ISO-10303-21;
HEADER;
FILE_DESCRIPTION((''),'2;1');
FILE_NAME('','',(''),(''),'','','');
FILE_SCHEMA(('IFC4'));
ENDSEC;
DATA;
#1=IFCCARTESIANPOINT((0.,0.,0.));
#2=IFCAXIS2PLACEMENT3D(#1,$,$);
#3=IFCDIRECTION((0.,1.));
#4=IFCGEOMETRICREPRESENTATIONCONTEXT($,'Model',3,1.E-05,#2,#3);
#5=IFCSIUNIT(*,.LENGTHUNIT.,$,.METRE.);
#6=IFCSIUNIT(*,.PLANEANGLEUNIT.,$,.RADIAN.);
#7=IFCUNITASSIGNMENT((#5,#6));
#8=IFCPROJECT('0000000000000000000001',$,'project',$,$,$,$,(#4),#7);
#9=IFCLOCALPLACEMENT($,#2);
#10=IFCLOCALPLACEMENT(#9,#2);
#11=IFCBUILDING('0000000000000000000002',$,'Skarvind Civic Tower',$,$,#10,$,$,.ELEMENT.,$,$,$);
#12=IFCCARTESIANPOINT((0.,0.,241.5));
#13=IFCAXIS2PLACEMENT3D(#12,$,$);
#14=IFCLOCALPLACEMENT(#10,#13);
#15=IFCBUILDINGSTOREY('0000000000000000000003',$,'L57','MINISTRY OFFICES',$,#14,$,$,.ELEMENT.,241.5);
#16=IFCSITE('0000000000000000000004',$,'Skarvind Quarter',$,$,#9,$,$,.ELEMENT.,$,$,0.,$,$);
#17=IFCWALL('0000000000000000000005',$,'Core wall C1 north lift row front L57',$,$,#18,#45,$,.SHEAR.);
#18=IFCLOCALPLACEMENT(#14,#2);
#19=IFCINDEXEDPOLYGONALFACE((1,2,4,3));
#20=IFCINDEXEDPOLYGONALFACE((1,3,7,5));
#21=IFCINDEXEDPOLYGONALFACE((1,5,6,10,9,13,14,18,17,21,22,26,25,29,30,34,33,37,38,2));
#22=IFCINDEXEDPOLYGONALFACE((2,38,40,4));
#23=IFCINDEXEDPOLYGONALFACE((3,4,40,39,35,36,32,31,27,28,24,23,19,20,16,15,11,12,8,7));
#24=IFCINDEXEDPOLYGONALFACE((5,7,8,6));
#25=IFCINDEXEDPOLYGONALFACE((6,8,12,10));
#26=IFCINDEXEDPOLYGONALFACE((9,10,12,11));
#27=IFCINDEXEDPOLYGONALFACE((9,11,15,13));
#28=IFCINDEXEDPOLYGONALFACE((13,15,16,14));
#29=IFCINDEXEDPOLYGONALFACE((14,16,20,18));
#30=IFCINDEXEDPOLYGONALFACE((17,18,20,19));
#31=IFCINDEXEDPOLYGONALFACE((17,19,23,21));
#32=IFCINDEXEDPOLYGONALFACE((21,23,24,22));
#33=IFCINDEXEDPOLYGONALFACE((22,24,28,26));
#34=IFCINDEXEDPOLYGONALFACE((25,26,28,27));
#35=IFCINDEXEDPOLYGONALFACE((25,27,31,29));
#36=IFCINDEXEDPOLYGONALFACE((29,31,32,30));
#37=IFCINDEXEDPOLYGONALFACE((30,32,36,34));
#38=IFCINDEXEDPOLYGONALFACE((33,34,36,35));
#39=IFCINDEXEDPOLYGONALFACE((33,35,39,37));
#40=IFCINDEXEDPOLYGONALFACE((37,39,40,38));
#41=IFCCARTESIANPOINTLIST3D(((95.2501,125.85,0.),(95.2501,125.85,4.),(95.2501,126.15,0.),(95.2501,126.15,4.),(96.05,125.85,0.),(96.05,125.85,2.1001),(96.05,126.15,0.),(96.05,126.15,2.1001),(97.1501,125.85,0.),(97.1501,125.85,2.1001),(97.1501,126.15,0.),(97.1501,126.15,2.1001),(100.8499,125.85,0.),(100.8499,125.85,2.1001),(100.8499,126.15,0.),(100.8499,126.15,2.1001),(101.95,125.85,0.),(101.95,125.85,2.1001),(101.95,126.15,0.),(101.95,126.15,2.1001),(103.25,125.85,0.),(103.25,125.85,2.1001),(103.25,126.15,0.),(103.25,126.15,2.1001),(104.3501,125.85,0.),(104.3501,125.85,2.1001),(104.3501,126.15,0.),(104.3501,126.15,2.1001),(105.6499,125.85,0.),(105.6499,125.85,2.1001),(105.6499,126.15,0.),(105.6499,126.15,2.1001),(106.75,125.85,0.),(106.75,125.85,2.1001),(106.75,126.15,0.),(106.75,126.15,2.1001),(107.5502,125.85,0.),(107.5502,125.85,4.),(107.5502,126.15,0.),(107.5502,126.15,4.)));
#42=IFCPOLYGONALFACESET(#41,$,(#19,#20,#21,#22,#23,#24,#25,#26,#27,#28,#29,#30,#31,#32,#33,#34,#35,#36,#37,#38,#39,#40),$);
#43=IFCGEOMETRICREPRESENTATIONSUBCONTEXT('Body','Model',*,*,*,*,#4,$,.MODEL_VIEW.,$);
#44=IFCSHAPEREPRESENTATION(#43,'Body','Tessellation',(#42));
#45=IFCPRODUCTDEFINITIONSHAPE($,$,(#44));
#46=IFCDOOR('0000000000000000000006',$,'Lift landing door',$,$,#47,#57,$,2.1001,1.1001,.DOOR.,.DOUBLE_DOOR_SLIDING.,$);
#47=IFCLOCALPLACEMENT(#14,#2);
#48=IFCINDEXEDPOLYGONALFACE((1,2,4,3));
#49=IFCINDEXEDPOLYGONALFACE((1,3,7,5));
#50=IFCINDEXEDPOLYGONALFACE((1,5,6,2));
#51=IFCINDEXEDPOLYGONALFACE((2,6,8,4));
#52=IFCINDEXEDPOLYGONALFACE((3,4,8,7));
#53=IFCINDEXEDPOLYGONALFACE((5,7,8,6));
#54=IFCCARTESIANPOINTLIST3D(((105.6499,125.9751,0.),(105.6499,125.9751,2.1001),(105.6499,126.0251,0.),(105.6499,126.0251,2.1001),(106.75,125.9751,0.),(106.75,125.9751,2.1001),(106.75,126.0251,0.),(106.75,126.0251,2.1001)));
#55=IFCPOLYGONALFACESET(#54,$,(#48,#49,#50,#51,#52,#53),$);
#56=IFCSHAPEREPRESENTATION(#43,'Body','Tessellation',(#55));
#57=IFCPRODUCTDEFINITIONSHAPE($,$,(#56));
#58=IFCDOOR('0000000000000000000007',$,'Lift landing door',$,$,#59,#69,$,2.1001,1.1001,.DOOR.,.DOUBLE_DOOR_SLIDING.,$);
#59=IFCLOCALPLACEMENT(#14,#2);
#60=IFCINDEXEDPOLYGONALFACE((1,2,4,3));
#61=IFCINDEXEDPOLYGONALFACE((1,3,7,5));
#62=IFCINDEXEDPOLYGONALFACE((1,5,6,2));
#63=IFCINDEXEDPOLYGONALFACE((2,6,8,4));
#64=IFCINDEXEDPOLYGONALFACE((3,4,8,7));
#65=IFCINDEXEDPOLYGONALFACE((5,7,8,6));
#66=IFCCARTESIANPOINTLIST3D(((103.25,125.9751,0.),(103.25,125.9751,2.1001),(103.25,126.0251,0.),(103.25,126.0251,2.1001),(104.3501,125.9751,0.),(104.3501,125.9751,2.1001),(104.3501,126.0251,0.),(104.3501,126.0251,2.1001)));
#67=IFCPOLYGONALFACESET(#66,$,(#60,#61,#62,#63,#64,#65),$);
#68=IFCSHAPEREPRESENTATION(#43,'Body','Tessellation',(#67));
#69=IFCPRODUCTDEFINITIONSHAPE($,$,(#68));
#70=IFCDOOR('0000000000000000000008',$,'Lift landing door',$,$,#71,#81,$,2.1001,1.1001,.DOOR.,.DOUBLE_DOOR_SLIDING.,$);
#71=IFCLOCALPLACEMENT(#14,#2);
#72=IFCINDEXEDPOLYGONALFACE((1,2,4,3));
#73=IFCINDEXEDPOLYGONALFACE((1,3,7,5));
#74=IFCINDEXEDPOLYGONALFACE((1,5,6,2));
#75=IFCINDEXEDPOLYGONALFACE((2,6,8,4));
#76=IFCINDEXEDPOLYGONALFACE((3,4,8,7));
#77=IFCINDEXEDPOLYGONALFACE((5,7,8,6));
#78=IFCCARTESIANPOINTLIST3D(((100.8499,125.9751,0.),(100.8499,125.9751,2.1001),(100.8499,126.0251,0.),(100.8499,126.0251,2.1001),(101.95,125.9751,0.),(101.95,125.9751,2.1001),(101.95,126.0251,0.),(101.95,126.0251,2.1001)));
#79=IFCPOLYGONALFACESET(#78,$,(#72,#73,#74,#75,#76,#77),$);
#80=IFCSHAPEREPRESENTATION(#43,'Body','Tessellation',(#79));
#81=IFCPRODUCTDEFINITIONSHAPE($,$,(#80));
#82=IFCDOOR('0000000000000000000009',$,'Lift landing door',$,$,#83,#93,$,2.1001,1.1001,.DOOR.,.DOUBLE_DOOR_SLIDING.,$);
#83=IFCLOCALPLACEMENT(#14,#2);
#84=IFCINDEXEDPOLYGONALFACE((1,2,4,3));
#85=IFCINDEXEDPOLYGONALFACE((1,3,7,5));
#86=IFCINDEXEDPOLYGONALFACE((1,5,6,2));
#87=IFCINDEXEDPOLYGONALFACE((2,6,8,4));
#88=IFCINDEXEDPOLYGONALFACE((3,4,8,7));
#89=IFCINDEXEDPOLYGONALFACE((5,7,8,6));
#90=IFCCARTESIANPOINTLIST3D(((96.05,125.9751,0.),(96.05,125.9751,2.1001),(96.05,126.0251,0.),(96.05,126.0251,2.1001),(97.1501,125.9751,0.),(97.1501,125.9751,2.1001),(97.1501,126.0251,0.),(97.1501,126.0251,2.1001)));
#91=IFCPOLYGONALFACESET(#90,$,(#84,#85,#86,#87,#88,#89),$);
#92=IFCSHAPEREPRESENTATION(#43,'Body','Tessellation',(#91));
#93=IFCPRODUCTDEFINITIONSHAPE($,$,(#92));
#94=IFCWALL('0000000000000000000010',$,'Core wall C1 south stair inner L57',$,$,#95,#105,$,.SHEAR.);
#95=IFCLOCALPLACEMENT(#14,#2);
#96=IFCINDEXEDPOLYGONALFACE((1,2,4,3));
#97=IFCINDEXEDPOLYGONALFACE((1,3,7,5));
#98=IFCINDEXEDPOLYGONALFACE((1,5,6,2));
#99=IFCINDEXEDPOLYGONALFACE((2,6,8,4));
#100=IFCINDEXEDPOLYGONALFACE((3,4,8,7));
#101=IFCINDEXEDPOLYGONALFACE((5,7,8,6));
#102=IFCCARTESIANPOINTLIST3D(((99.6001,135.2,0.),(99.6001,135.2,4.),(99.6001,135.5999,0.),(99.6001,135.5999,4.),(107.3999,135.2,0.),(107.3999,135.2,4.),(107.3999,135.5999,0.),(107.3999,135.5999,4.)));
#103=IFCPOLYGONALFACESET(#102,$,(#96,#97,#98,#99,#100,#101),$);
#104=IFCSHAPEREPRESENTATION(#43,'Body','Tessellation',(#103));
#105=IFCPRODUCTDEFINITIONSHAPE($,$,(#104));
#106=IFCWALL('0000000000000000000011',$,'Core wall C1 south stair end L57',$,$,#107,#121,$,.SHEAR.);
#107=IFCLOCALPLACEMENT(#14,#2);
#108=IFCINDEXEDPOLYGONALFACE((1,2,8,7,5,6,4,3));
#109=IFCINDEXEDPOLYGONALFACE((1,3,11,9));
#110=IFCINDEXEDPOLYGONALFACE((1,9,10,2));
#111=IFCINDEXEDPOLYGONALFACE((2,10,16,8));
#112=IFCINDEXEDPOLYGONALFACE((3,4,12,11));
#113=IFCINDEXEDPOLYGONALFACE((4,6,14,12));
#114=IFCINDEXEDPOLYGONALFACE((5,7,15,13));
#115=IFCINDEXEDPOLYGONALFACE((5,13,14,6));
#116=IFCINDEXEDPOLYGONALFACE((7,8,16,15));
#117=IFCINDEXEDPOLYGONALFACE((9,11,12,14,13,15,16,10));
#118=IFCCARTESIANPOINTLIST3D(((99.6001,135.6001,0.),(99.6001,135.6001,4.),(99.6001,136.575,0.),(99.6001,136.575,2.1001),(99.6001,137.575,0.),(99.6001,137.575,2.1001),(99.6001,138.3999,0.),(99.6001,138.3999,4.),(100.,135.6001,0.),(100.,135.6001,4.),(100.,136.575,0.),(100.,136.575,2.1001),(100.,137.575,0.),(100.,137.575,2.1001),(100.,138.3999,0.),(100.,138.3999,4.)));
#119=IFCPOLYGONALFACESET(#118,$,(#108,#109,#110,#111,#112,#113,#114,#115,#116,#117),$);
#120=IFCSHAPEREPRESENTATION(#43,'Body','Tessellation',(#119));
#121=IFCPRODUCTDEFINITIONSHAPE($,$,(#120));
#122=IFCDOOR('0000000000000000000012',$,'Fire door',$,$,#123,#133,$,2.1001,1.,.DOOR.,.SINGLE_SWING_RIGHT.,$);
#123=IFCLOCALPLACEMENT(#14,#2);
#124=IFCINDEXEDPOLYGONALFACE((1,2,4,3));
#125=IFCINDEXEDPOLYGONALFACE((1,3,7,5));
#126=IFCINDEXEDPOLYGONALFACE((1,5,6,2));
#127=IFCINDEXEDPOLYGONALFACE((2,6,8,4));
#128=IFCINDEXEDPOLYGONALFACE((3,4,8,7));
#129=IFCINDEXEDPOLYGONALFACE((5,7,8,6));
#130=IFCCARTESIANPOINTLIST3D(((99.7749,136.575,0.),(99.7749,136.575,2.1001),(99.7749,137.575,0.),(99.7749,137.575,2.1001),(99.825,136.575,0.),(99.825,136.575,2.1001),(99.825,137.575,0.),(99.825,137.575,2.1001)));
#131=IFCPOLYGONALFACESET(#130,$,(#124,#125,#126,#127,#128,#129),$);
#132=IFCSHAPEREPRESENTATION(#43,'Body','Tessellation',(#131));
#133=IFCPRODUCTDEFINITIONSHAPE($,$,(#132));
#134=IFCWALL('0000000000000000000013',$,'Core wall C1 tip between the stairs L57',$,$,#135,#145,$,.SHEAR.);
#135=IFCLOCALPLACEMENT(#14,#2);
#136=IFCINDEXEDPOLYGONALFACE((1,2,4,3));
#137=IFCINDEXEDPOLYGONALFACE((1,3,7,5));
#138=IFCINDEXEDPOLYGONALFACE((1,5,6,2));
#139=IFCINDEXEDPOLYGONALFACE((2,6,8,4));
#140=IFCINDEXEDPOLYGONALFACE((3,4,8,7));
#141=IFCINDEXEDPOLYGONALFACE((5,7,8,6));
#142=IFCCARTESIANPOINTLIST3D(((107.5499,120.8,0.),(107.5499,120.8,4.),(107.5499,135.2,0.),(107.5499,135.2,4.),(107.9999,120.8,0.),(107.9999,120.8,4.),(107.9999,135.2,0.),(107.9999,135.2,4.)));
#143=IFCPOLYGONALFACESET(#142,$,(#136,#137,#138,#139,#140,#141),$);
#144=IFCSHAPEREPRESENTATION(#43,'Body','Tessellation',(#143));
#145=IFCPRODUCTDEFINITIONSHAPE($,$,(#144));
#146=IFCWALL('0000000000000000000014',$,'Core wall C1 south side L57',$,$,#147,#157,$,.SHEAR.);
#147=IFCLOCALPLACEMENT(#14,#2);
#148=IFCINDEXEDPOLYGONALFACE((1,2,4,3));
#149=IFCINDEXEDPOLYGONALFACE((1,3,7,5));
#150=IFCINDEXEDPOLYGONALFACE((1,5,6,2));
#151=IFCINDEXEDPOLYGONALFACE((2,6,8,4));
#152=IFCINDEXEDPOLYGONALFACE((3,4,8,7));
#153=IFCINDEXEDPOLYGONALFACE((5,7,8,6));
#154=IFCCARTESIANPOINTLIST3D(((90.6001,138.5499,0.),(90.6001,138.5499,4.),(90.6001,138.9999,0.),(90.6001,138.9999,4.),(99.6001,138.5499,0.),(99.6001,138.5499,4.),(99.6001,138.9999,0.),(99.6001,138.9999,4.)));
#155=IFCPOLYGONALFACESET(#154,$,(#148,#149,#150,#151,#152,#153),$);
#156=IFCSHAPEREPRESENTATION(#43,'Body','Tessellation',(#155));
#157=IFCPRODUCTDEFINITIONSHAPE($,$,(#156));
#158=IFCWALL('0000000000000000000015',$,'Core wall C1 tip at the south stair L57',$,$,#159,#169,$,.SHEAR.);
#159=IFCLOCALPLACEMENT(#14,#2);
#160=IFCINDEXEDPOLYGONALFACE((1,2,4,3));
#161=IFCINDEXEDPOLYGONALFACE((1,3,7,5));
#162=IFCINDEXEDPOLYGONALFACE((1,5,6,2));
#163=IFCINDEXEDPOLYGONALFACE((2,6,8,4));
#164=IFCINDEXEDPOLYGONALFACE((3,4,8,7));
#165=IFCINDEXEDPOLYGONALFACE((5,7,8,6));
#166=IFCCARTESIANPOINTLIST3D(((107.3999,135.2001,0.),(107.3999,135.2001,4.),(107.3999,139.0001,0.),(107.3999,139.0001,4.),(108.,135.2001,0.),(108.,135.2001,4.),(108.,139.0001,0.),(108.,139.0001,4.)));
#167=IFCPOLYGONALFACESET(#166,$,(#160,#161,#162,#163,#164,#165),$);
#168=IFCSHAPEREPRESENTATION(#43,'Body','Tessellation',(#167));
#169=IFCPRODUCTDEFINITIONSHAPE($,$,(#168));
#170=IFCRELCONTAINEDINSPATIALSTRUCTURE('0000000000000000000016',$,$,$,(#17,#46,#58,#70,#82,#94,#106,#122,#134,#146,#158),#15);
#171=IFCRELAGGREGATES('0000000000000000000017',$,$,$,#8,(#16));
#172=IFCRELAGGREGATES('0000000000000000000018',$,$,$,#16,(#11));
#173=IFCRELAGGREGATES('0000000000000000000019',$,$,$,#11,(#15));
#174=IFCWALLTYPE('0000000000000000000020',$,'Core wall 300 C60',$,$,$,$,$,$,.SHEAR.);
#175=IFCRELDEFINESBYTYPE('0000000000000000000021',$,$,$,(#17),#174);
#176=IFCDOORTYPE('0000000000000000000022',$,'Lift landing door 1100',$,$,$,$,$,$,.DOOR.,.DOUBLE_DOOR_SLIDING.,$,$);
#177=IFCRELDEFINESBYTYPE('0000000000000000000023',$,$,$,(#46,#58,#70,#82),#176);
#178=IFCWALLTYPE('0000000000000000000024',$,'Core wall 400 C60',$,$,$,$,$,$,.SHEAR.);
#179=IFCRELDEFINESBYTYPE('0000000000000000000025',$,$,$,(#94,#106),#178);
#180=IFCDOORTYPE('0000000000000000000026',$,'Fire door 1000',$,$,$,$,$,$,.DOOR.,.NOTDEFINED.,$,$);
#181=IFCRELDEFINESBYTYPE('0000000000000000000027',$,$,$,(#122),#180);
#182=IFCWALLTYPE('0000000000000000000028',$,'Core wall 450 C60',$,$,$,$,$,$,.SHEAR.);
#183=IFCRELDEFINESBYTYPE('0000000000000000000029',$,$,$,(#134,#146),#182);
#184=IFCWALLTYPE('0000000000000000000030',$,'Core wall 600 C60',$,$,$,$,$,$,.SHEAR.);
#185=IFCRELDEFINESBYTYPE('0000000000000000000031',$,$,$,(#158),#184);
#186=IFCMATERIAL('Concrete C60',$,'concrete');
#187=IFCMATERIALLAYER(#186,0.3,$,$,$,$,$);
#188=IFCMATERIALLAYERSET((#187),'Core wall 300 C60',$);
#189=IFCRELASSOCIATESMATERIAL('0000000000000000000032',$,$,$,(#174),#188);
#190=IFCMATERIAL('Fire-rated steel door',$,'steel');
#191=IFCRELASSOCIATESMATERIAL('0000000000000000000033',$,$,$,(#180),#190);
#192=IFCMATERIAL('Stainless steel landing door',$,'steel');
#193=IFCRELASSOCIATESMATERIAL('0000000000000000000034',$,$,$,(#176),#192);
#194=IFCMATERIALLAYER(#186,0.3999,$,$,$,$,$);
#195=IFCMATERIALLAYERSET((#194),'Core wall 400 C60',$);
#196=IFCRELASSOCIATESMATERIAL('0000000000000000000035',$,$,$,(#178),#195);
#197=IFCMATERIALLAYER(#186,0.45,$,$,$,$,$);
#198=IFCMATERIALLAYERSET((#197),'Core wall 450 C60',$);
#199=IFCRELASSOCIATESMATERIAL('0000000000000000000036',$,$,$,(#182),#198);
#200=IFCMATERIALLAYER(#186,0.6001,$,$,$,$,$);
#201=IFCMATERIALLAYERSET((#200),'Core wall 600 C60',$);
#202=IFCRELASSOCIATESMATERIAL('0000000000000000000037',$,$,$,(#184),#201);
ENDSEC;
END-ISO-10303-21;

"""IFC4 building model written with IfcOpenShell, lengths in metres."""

from ifc_helpers import new_model, si_unit, direction, frame, frame_2d, origin, place, context, subcontext, project, spatial, rectangle, extrude, material, layer, layer_set, type_object, element, fill, save


model = new_model("IFC4")

# Units and contexts
model_context = context("Model", 3, precision=1e-05, world=origin(), true_north=direction((0.0, 1.0)))
body_context = subcontext(model_context, "Body", "Model", "MODEL_VIEW")
ifc_project = project(units=[si_unit("LENGTHUNIT", "METRE"), si_unit("PLANEANGLEUNIT", "RADIAN")], contexts=[model_context])

# Site, building, storey
site_placement = place(None, origin())
site = spatial("IfcSite", under=ifc_project, at=site_placement, Name="Skarvind Quarter", CompositionType="ELEMENT", RefElevation=0.0)
building_placement = place(site_placement, origin())
building = spatial("IfcBuilding", under=site, at=building_placement, Name="Skarvind Civic Tower", CompositionType="ELEMENT")
storey_placement = place(building_placement, frame((0.0, 0.0, 241.5)))
storey = spatial("IfcBuildingStorey", under=building, at=storey_placement, Name="L57", Description="MINISTRY OFFICES", CompositionType="ELEMENT", Elevation=241.5)

# Shared definitions
ifc_material_1 = material(Name="Concrete C60", Category="concrete")
ifc_layer_1 = layer(ifc_material_1, 0.3)
ifc_layer_set_1 = layer_set([ifc_layer_1], Name="Core wall 300 C60")
wall_type_1 = type_object("IfcWallType", Name="Core wall 300 C60", PredefinedType="SHEAR", material=ifc_layer_set_1)
ifc_material_2 = material(Name="Fire-rated steel door", Category="steel")
door_type_1 = type_object("IfcDoorType", Name="Fire door 1000", OperationType="NOTDEFINED", PredefinedType="DOOR", material=ifc_material_2)

# Shared definitions
ifc_material_3 = material(Name="Stainless steel landing door", Category="steel")
door_type_2 = type_object("IfcDoorType", Name="Lift landing door 1100", OperationType="DOUBLE_DOOR_SLIDING", PredefinedType="DOOR", material=ifc_material_3)

# Wall, openings, doors
wall_1_placement = place(storey_placement, frame((107.55, 126.0, 0.0), z_axis=(0.0, 0.0, 1.0), x_axis=(-1.0, 0.0, 0.0)))
wall_1 = element("IfcWall", 1, at=wall_1_placement, inside=storey, type_object=wall_type_1, Name="Core wall C1 north lift row front L57", PredefinedType="SHEAR", context=body_context, shape_type="SweptSolid", body=[
    extrude(rectangle(XDim=12.3, YDim=0.3, at=frame_2d((6.1499, 0.0))), origin(), (0.0, 0.0, 1.0), 4.0),
])
opening_1_placement = place(wall_1_placement, frame((0.8, 0.0, 0.0)))
opening_1 = element("IfcOpeningElement", 2, at=opening_1_placement, cuts=wall_1, PredefinedType="OPENING", context=body_context, shape_type="SweptSolid", body=[
    extrude(rectangle(XDim=1.1001, YDim=2.1001, at=frame_2d((0.55, 1.05))), frame((0.0, 0.1599, 0.0), z_axis=(0.0, -1.0, 0.0), x_axis=(1.0, 0.0, 0.0)), (0.0, 0.0, 1.0), 0.3201),
])
opening_2_placement = place(wall_1_placement, frame((3.2, 0.0, 0.0)))
opening_2 = element("IfcOpeningElement", 3, at=opening_2_placement, cuts=wall_1, PredefinedType="OPENING", context=body_context, shape_type="SweptSolid", body=[
    extrude(rectangle(XDim=1.1001, YDim=2.1001, at=frame_2d((0.55, 1.05))), frame((0.0, 0.1599, 0.0), z_axis=(0.0, -1.0, 0.0), x_axis=(1.0, 0.0, 0.0)), (0.0, 0.0, 1.0), 0.3201),
])
opening_3_placement = place(wall_1_placement, frame((5.6001, 0.0, 0.0)))
opening_3 = element("IfcOpeningElement", 4, at=opening_3_placement, cuts=wall_1, PredefinedType="OPENING", context=body_context, shape_type="SweptSolid", body=[
    extrude(rectangle(XDim=1.1001, YDim=2.1001, at=frame_2d((0.55, 1.05))), frame((0.0, 0.1599, 0.0), z_axis=(0.0, -1.0, 0.0), x_axis=(1.0, 0.0, 0.0)), (0.0, 0.0, 1.0), 0.3201),
])
opening_4_placement = place(wall_1_placement, frame((10.3999, 0.0, 0.0)))
opening_4 = element("IfcOpeningElement", 5, at=opening_4_placement, cuts=wall_1, PredefinedType="OPENING", context=body_context, shape_type="SweptSolid", body=[
    extrude(rectangle(XDim=1.1001, YDim=2.1001, at=frame_2d((0.55, 1.05))), frame((0.0, 0.1599, 0.0), z_axis=(0.0, -1.0, 0.0), x_axis=(1.0, 0.0, 0.0)), (0.0, 0.0, 1.0), 0.3201),
])
door_1_placement = place(opening_1_placement, origin())
door_1 = element("IfcDoor", 6, at=door_1_placement, inside=storey, type_object=door_type_2, Name="Lift landing door", OperationType="DOUBLE_DOOR_SLIDING", OverallHeight=2.1001, OverallWidth=1.1001, PredefinedType="DOOR", context=body_context, shape_type="SweptSolid", body=[
    extrude(rectangle(XDim=1.1001, YDim=2.1001, at=frame_2d((0.55, 1.05))), frame((0.0, 0.0249, 0.0), z_axis=(0.0, -1.0, 0.0), x_axis=(1.0, 0.0, 0.0)), (0.0, 0.0, 1.0), 0.05),
])
fill(opening_1, door_1)
door_2_placement = place(opening_2_placement, origin())
door_2 = element("IfcDoor", 7, at=door_2_placement, inside=storey, type_object=door_type_2, Name="Lift landing door", OperationType="DOUBLE_DOOR_SLIDING", OverallHeight=2.1001, OverallWidth=1.1001, PredefinedType="DOOR", context=body_context, shape_type="SweptSolid", body=[
    extrude(rectangle(XDim=1.1001, YDim=2.1001, at=frame_2d((0.55, 1.05))), frame((0.0, 0.0249, 0.0), z_axis=(0.0, -1.0, 0.0), x_axis=(1.0, 0.0, 0.0)), (0.0, 0.0, 1.0), 0.05),
])
fill(opening_2, door_2)
door_3_placement = place(opening_3_placement, origin())
door_3 = element("IfcDoor", 8, at=door_3_placement, inside=storey, type_object=door_type_2, Name="Lift landing door", OperationType="DOUBLE_DOOR_SLIDING", OverallHeight=2.1001, OverallWidth=1.1001, PredefinedType="DOOR", context=body_context, shape_type="SweptSolid", body=[
    extrude(rectangle(XDim=1.1001, YDim=2.1001, at=frame_2d((0.55, 1.05))), frame((0.0, 0.0249, 0.0), z_axis=(0.0, -1.0, 0.0), x_axis=(1.0, 0.0, 0.0)), (0.0, 0.0, 1.0), 0.05),
])
fill(opening_3, door_3)
door_4_placement = place(opening_4_placement, origin())
door_4 = element("IfcDoor", 9, at=door_4_placement, inside=storey, type_object=door_type_2, Name="Lift landing door", OperationType="DOUBLE_DOOR_SLIDING", OverallHeight=2.1001, OverallWidth=1.1001, PredefinedType="DOOR", context=body_context, shape_type="SweptSolid", body=[
    extrude(rectangle(XDim=1.1001, YDim=2.1001, at=frame_2d((0.55, 1.05))), frame((0.0, 0.0249, 0.0), z_axis=(0.0, -1.0, 0.0), x_axis=(1.0, 0.0, 0.0)), (0.0, 0.0, 1.0), 0.05),
])
fill(opening_4, door_4)

# Wall
ifc_layer_2 = layer(ifc_material_1, 0.3999)
ifc_layer_set_2 = layer_set([ifc_layer_2], Name="Core wall 400 C60")
wall_type_2 = type_object("IfcWallType", Name="Core wall 400 C60", PredefinedType="SHEAR", material=ifc_layer_set_2)
wall_2_placement = place(storey_placement, frame((107.3999, 135.3999, 0.0), z_axis=(0.0, 0.0, 1.0), x_axis=(-1.0, 0.0, 0.0)))
element("IfcWall", 10, at=wall_2_placement, inside=storey, type_object=wall_type_2, Name="Core wall C1 south stair inner L57", PredefinedType="SHEAR", context=body_context, shape_type="SweptSolid", body=[
    extrude(rectangle(XDim=7.7998, YDim=0.3999, at=frame_2d((3.8999, 0.0))), origin(), (0.0, 0.0, 1.0), 4.0),
])

# Wall, opening, door
wall_3_placement = place(storey_placement, frame((99.8, 138.3999, 0.0), z_axis=(0.0, 0.0, 1.0), x_axis=(0.0, -1.0, 0.0)))
wall_3 = element("IfcWall", 11, at=wall_3_placement, inside=storey, type_object=wall_type_2, Name="Core wall C1 south stair end L57", PredefinedType="SHEAR", context=body_context, shape_type="SweptSolid", body=[
    extrude(rectangle(XDim=2.7998, YDim=0.3999, at=frame_2d((1.3999, 0.0))), origin(), (0.0, 0.0, 1.0), 4.0),
])
opening_5_placement = place(wall_3_placement, frame((0.825, 0.0, 0.0)))
opening_5 = element("IfcOpeningElement", 12, at=opening_5_placement, cuts=wall_3, PredefinedType="OPENING", context=body_context, shape_type="SweptSolid", body=[
    extrude(rectangle(XDim=1.0, YDim=2.1001, at=frame_2d((0.5, 1.05))), frame((0.0, 0.21, 0.0), z_axis=(0.0, -1.0, 0.0), x_axis=(1.0, 0.0, 0.0)), (0.0, 0.0, 1.0), 0.4199),
])
door_5_placement = place(opening_5_placement, origin())
door_5 = element("IfcDoor", 13, at=door_5_placement, inside=storey, type_object=door_type_1, Name="Fire door", OperationType="SINGLE_SWING_RIGHT", OverallHeight=2.1001, OverallWidth=1.0, PredefinedType="DOOR", context=body_context, shape_type="SweptSolid", body=[
    extrude(rectangle(XDim=1.0, YDim=2.1001, at=frame_2d((0.5, 1.05))), frame((0.0, 0.0249, 0.0), z_axis=(0.0, -1.0, 0.0), x_axis=(1.0, 0.0, 0.0)), (0.0, 0.0, 1.0), 0.05),
])
fill(opening_5, door_5)

# Walls
ifc_layer_3 = layer(ifc_material_1, 0.45)
ifc_layer_set_3 = layer_set([ifc_layer_3], Name="Core wall 450 C60")
wall_type_3 = type_object("IfcWallType", Name="Core wall 450 C60", PredefinedType="SHEAR", material=ifc_layer_set_3)
wall_4_placement = place(storey_placement, frame((107.7749, 135.2, 0.0), z_axis=(0.0, 0.0, 1.0), x_axis=(0.0, -1.0, 0.0)))
element("IfcWall", 14, at=wall_4_placement, inside=storey, type_object=wall_type_3, Name="Core wall C1 tip between the stairs L57", PredefinedType="SHEAR", context=body_context, shape_type="SweptSolid", body=[
    extrude(rectangle(XDim=14.3999, YDim=0.45, at=frame_2d((7.2, 0.0))), origin(), (0.0, 0.0, 1.0), 4.0),
])
wall_5_placement = place(storey_placement, frame((99.6001, 138.7749, 0.0), z_axis=(0.0, 0.0, 1.0), x_axis=(-1.0, 0.0, 0.0)))
element("IfcWall", 15, at=wall_5_placement, inside=storey, type_object=wall_type_3, Name="Core wall C1 south side L57", PredefinedType="SHEAR", context=body_context, shape_type="SweptSolid", body=[
    extrude(rectangle(XDim=9.0, YDim=0.45, at=frame_2d((4.5, 0.0))), origin(), (0.0, 0.0, 1.0), 4.0),
])
ifc_layer_4 = layer(ifc_material_1, 0.6001)
ifc_layer_set_4 = layer_set([ifc_layer_4], Name="Core wall 600 C60")
wall_type_4 = type_object("IfcWallType", Name="Core wall 600 C60", PredefinedType="SHEAR", material=ifc_layer_set_4)
wall_6_placement = place(storey_placement, frame((107.7, 139.0, 0.0), z_axis=(0.0, 0.0, 1.0), x_axis=(0.0, -1.0, 0.0)))
element("IfcWall", 16, at=wall_6_placement, inside=storey, type_object=wall_type_4, Name="Core wall C1 tip at the south stair L57", PredefinedType="SHEAR", context=body_context, shape_type="SweptSolid", body=[
    extrude(rectangle(XDim=3.8, YDim=0.6001, at=frame_2d((1.8999, 0.0))), origin(), (0.0, 0.0, 1.0), 4.0),
])

save(model, "model.ifc")
